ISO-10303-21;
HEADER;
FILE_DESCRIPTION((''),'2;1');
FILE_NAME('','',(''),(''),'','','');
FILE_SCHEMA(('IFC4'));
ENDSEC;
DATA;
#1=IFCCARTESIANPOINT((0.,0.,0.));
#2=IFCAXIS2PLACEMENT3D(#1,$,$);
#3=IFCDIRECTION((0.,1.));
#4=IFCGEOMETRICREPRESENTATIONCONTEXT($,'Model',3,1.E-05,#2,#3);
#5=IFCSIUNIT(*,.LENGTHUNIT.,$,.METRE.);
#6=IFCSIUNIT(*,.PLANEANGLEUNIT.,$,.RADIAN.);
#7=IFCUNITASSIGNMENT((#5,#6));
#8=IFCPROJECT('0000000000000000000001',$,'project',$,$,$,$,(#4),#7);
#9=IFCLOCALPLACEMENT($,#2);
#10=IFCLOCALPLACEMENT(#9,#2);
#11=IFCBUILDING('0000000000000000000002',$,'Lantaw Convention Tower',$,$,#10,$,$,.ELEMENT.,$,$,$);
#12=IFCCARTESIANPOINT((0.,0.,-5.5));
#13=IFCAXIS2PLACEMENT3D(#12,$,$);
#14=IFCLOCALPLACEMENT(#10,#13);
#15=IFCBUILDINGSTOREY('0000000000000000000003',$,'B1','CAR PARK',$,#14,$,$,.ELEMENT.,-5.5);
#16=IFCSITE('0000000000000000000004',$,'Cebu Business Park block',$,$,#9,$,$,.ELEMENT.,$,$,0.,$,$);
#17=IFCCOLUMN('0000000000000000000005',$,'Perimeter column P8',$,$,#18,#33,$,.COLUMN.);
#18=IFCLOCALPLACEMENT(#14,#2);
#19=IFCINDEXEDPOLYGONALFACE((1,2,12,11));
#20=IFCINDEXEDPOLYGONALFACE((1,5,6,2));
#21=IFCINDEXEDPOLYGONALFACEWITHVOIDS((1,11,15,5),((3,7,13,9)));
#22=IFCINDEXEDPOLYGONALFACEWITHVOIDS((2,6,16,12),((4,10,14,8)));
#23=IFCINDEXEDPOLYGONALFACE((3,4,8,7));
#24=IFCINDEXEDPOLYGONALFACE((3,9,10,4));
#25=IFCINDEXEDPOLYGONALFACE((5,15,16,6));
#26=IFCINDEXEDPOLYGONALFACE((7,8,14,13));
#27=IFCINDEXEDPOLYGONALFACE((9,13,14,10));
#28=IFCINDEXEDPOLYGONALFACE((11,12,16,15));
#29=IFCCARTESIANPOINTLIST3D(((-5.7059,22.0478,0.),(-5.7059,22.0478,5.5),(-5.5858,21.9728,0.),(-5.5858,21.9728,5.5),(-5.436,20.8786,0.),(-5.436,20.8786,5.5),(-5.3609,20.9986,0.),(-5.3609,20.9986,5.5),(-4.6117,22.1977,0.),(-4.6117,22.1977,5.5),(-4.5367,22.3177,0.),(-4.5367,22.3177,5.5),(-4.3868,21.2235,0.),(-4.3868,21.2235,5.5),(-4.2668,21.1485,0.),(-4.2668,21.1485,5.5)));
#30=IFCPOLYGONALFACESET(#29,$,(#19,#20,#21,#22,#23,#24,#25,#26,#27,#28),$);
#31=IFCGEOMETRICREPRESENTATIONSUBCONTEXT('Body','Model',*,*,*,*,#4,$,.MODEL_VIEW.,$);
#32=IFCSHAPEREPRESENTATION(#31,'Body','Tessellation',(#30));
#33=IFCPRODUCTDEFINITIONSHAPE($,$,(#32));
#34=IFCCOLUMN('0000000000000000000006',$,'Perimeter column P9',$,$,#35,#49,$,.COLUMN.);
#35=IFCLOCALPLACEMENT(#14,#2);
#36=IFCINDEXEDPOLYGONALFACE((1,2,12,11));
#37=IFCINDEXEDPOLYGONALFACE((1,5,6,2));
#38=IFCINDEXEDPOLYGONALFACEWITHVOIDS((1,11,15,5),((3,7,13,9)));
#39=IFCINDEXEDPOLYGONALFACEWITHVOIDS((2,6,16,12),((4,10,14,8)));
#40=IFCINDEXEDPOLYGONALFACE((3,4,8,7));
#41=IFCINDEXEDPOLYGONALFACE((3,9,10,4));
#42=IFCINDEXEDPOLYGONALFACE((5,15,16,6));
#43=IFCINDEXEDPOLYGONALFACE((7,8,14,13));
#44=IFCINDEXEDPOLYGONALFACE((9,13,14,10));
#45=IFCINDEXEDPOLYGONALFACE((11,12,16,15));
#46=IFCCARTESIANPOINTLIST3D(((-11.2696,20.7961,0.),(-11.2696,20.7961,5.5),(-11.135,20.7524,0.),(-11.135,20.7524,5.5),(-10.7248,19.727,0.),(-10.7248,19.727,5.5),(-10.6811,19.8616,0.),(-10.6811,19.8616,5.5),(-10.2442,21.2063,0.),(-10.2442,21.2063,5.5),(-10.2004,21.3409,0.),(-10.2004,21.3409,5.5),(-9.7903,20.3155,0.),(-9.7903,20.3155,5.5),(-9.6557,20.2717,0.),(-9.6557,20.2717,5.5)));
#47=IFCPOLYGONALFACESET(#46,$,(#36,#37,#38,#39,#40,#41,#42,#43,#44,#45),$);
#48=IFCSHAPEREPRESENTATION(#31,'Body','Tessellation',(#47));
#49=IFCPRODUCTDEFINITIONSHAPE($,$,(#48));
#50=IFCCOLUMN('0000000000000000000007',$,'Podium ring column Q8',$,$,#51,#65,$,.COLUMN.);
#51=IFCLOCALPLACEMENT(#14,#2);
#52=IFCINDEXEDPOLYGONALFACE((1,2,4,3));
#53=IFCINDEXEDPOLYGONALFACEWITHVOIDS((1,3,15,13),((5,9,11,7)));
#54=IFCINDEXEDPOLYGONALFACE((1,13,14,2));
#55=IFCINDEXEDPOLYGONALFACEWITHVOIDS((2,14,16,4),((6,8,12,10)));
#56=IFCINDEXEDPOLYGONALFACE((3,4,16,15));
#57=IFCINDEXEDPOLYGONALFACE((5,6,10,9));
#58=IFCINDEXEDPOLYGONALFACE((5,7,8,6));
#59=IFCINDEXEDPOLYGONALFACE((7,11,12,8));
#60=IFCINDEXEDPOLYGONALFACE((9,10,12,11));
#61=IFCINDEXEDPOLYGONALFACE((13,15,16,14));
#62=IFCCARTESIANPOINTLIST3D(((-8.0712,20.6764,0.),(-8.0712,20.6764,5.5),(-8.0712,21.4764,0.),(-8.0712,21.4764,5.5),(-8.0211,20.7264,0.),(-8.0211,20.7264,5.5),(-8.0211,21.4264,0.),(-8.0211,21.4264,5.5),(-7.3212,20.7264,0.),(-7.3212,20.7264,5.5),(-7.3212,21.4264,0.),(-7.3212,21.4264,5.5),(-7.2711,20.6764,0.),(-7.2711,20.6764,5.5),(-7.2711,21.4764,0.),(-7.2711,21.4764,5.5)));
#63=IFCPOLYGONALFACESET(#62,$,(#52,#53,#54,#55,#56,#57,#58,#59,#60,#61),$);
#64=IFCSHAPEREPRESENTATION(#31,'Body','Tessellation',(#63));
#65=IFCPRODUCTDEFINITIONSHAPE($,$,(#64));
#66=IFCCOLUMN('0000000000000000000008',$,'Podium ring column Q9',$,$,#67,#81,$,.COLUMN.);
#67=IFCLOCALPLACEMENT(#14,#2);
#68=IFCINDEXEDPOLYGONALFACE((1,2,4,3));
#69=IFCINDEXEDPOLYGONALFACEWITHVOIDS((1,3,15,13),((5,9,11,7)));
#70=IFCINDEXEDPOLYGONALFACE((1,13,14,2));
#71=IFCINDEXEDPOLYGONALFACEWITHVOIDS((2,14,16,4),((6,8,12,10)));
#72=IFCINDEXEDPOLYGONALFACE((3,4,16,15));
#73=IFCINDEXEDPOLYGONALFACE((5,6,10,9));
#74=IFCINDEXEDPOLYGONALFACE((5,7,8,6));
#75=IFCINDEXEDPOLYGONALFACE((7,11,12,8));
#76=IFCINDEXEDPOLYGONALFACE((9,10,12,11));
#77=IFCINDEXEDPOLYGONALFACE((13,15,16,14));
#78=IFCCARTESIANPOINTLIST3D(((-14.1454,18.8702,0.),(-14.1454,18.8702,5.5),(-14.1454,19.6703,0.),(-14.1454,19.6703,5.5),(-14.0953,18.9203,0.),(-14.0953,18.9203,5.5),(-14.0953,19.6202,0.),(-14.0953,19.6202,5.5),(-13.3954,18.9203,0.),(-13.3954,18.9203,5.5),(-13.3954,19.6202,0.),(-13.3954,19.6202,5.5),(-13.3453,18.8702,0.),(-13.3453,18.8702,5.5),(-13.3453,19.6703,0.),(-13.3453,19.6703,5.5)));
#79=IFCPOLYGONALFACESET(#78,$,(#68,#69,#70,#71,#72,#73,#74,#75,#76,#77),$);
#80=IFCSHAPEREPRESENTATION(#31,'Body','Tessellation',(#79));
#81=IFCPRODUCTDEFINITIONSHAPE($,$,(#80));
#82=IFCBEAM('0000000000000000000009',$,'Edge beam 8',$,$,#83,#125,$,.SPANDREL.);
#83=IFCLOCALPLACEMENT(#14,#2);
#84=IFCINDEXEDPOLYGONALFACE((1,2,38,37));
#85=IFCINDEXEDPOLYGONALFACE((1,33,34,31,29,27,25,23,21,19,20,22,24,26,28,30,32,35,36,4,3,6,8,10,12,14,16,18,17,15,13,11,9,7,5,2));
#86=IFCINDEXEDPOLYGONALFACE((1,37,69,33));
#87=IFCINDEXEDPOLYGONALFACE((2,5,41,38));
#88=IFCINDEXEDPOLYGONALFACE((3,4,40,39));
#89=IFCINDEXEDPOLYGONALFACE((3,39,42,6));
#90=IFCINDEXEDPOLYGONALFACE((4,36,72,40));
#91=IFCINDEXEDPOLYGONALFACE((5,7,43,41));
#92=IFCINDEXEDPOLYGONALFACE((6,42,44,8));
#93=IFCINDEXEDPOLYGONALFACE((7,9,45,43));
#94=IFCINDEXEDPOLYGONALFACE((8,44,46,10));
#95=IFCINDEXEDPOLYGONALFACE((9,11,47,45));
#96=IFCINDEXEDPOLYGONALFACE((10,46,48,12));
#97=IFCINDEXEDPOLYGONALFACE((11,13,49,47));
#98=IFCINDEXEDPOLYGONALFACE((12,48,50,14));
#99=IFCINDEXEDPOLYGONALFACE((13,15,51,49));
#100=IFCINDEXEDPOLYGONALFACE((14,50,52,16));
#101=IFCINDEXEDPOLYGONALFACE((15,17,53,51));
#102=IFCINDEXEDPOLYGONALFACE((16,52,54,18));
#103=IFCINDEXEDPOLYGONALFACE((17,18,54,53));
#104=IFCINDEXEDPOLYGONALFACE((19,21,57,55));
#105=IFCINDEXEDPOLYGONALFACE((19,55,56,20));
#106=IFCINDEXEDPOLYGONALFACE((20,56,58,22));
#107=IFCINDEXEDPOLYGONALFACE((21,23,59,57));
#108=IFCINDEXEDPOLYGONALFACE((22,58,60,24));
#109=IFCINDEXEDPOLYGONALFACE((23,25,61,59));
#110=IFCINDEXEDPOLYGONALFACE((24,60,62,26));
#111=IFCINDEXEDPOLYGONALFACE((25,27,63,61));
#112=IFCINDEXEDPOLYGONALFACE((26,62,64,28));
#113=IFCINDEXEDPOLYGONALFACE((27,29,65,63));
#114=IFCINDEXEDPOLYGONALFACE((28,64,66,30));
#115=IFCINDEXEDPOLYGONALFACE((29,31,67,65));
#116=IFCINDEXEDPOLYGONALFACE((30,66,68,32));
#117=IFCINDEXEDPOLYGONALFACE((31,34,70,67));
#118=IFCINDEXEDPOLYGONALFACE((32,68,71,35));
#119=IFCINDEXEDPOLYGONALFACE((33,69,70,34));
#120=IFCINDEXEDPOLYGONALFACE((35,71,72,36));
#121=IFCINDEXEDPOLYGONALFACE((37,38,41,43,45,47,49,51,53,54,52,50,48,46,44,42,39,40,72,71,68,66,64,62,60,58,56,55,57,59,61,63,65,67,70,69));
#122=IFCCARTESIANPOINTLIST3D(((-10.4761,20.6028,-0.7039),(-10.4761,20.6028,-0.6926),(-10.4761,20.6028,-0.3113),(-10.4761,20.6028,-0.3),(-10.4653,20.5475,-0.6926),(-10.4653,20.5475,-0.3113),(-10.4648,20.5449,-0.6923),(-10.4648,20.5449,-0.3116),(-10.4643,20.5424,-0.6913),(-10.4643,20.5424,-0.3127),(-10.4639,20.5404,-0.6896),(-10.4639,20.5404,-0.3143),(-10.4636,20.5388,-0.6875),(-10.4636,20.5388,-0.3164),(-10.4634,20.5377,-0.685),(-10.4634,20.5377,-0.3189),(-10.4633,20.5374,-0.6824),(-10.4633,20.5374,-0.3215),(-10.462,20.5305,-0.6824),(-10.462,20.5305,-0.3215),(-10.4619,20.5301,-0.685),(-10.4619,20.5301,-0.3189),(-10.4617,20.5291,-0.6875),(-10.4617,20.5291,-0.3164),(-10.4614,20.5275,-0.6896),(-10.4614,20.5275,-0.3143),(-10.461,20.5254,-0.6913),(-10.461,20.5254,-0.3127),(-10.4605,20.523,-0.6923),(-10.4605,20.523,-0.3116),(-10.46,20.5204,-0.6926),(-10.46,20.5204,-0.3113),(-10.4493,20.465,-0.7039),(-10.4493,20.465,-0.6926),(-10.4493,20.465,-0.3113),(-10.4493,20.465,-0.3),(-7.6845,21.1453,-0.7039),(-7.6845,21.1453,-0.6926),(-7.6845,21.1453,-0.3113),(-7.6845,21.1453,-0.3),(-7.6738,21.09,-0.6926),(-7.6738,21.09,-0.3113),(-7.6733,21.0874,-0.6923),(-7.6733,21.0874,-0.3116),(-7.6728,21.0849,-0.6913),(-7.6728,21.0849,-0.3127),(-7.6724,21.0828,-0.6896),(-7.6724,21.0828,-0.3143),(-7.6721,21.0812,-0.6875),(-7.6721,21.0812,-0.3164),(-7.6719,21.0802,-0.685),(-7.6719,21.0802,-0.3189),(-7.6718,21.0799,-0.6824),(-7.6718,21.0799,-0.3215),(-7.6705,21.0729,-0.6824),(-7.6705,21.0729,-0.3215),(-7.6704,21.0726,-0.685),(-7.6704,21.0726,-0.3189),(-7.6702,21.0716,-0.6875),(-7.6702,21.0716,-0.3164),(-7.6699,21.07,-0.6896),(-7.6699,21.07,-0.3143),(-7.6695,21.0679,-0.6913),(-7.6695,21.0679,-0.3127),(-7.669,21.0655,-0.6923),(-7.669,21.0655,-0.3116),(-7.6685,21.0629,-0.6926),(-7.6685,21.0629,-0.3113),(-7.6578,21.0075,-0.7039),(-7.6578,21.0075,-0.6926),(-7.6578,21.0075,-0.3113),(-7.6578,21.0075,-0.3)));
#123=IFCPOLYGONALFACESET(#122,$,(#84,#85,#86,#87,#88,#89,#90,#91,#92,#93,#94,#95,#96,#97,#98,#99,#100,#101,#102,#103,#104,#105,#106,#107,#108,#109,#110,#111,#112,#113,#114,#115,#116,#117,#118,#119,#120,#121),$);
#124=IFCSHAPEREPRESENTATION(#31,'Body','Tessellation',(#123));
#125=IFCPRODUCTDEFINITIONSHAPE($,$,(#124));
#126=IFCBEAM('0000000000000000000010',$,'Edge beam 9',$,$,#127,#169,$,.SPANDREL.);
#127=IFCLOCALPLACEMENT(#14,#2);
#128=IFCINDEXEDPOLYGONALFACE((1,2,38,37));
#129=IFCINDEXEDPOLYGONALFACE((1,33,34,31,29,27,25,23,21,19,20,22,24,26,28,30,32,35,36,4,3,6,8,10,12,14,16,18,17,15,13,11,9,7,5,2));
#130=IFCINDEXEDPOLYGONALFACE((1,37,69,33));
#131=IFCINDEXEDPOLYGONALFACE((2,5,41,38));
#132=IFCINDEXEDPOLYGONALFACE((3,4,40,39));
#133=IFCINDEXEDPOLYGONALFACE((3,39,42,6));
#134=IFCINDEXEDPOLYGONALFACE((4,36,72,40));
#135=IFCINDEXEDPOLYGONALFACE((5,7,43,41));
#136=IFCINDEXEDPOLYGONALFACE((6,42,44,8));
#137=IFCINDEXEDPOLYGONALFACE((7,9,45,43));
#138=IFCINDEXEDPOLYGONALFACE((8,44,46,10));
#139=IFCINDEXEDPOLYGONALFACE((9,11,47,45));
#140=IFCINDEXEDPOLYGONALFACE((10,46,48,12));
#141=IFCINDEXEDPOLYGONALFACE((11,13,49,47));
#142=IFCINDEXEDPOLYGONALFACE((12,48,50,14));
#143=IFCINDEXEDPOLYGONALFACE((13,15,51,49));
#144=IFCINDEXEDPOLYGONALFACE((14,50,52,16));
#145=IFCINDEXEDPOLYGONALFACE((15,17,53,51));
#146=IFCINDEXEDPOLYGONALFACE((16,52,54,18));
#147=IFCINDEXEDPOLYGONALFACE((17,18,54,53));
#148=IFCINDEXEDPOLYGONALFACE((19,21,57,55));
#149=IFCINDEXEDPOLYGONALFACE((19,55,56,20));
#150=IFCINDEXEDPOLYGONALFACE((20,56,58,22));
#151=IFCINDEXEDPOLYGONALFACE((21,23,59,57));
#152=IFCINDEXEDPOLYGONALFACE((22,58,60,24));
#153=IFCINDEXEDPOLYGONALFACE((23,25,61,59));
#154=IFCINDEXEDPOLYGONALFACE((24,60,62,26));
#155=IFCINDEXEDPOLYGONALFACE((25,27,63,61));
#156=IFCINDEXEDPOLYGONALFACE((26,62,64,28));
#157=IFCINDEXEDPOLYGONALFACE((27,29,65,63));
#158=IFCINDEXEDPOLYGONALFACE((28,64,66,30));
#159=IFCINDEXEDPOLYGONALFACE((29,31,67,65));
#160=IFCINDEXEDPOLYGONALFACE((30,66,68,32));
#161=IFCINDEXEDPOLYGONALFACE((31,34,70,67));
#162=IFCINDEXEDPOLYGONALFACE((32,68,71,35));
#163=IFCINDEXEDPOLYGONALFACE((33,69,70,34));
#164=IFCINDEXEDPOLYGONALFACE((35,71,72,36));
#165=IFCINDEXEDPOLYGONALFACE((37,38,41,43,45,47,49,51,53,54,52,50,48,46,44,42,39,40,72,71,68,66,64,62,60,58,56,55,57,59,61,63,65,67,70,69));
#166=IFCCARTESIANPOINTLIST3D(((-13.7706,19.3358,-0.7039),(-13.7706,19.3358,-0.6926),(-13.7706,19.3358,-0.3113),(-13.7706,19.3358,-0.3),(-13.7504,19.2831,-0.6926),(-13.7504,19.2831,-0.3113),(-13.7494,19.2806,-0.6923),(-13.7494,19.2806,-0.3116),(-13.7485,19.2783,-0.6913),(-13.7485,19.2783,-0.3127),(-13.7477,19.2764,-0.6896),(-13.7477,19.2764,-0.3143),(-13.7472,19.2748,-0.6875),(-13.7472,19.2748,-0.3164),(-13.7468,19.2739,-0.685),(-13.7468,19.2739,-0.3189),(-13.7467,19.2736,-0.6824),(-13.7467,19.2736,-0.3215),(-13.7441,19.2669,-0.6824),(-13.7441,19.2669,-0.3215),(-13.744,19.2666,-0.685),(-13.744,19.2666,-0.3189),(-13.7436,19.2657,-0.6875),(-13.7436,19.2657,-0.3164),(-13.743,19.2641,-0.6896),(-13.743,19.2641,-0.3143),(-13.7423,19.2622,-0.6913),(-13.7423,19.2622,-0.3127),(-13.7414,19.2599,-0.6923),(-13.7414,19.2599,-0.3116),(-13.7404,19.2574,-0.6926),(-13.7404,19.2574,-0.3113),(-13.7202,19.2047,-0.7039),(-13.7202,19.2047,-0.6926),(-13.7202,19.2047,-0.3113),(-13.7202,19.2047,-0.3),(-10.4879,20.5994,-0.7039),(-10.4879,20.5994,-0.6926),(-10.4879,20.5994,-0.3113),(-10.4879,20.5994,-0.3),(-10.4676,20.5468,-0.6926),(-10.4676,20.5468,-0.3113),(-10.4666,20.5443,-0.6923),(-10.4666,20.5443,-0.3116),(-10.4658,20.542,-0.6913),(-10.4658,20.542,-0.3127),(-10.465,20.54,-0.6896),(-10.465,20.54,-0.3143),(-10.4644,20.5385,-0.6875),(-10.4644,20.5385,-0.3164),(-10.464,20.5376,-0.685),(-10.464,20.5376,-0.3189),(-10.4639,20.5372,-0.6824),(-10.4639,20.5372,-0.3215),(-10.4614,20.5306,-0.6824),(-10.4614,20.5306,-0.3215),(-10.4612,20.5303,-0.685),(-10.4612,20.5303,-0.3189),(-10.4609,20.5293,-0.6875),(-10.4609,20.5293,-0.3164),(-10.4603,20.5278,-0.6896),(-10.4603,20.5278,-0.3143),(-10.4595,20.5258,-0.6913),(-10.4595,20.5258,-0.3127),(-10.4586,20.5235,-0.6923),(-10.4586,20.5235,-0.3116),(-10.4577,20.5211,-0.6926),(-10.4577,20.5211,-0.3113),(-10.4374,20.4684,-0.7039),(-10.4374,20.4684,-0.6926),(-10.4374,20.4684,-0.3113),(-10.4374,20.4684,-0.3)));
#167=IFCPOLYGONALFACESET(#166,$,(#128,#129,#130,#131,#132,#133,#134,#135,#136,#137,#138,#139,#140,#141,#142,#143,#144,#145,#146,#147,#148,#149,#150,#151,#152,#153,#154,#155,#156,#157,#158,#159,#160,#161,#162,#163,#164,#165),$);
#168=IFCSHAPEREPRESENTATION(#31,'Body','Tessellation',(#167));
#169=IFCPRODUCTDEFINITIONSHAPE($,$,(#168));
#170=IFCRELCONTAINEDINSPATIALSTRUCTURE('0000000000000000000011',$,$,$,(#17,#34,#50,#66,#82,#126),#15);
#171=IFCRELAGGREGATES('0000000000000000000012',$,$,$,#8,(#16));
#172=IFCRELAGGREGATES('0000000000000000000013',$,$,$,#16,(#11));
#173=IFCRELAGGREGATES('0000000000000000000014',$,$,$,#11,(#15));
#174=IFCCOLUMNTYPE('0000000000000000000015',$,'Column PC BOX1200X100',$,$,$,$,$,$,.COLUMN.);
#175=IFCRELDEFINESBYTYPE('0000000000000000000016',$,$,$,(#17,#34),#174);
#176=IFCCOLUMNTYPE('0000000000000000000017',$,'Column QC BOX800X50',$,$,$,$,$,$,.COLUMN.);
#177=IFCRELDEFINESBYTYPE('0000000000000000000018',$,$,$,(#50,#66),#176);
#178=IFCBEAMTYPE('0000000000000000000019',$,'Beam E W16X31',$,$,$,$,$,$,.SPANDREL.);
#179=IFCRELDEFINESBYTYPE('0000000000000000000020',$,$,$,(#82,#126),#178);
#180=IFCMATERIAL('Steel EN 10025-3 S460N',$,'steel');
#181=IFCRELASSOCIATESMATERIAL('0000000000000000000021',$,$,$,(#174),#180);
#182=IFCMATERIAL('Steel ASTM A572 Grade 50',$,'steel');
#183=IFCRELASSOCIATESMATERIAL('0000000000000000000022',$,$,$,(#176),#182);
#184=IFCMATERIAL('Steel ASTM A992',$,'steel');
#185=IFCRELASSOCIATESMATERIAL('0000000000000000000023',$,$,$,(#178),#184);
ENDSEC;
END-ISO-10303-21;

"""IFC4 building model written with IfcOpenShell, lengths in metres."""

from ifc_helpers import new_model, si_unit, direction, frame, origin, origin_2d, place, context, subcontext, project, spatial, rectangle, hollow_rectangle, i_section, extrude, material, material_profile, profile_set, type_object, element, save


model = new_model("IFC4")

# Units and contexts
model_context = context("Model", 3, precision=1e-05, world=origin(), true_north=direction((0.0, 1.0)))
body_context = subcontext(model_context, "Body", "Model", "MODEL_VIEW")
ifc_project = project(units=[si_unit("LENGTHUNIT", "METRE"), si_unit("PLANEANGLEUNIT", "RADIAN")], contexts=[model_context])

# Site, building, storey
site_placement = place(None, origin())
site = spatial("IfcSite", under=ifc_project, at=site_placement, Name="Cebu Business Park block", CompositionType="ELEMENT", RefElevation=0.0)
building_placement = place(site_placement, origin())
building = spatial("IfcBuilding", under=site, at=building_placement, Name="Lantaw Convention Tower", CompositionType="ELEMENT")
storey_placement = place(building_placement, frame((0.0, 0.0, -5.5)))
storey = spatial("IfcBuildingStorey", under=building, at=storey_placement, Name="B1", Description="CAR PARK", CompositionType="ELEMENT", Elevation=-5.5)

# Columns
ifc_material_1 = material(Name="Steel EN 10025-3 S460N", Category="steel")
ifc_material_profile_1 = material_profile(ifc_material_1, hollow_rectangle(XDim=1.2, YDim=1.2, WallThickness=0.1001, at=origin_2d()), Name="BOX1200X100")
ifc_material_2 = material(Name="Concrete C60/75", Category="concrete")
ifc_material_profile_2 = material_profile(ifc_material_2, rectangle(XDim=1.0, YDim=1.0, at=origin_2d()), Name="Concrete fill of BOX1200X100")
ifc_profile_set_1 = profile_set([ifc_material_profile_1, ifc_material_profile_2], Name="Steel EN 10025-3 S460N")
column_type_1 = type_object("IfcColumnType", Name="Column PC BOX1200X100", PredefinedType="COLUMN", material=ifc_profile_set_1)
for number, where, z_axis, x_axis, name in (
    (1, (-4.9863, 21.5981, 0.0), (0.0, 0.0, 1.0), (0.97437, 0.224951, 0.0), "Perimeter column P8"),
    (2, (-10.4626, 20.5339, 0.0), (0.0, 0.0, 1.0), (0.891007, 0.45399, 0.0), "Perimeter column P9"),
):
    element("IfcColumn", number, at=place(storey_placement, frame(where, z_axis=z_axis, x_axis=x_axis)), inside=storey, type_object=column_type_1, Name=name, PredefinedType="COLUMN", context=body_context, shape_type="SweptSolid", body=[
        extrude(hollow_rectangle(XDim=1.2, YDim=1.2, WallThickness=0.1001, at=origin_2d()), origin(), (0.0, 0.0, 1.0), 5.5),
    ])
ifc_material_3 = material(Name="Steel ASTM A572 Grade 50", Category="steel")
ifc_material_profile_3 = material_profile(ifc_material_3, hollow_rectangle(XDim=0.8, YDim=0.8, WallThickness=0.05, at=origin_2d()), Name="BOX800X50")
ifc_profile_set_2 = profile_set([ifc_material_profile_3], Name="Steel ASTM A572 Grade 50")
column_type_2 = type_object("IfcColumnType", Name="Column QC BOX800X50", PredefinedType="COLUMN", material=ifc_profile_set_2)
for number, where, z_axis, x_axis, name in (
    (3, (-7.6711, 21.0764, 0.0), (0.0, 0.0, 1.0), (1.0, 0.0, 0.0), "Podium ring column Q8"),
    (4, (-13.7454, 19.2703, 0.0), (0.0, 0.0, 1.0), (1.0, 0.0, 0.0), "Podium ring column Q9"),
):
    element("IfcColumn", number, at=place(storey_placement, frame(where, z_axis=z_axis, x_axis=x_axis)), inside=storey, type_object=column_type_2, Name=name, PredefinedType="COLUMN", context=body_context, shape_type="SweptSolid", body=[
        extrude(hollow_rectangle(XDim=0.8, YDim=0.8, WallThickness=0.05, at=origin_2d()), origin(), (0.0, 0.0, 1.0), 5.5),
    ])

# Beams
ifc_material_4 = material(Name="Steel ASTM A992", Category="steel")
ifc_material_profile_4 = material_profile(ifc_material_4, i_section(OverallWidth=0.1404, OverallDepth=0.4038, WebThickness=0.0071, FlangeThickness=0.0112, FilletRadius=0.0103, at=origin_2d()), Name="W16X31")
ifc_profile_set_3 = profile_set([ifc_material_profile_4], Name="Steel ASTM A992")
beam_type_1 = type_object("IfcBeamType", Name="Beam E W16X31", PredefinedType="SPANDREL", material=ifc_profile_set_3)
beam_1_placement = place(storey_placement, frame((-7.6711, 21.0764, -0.502), z_axis=(-0.981636, -0.190764, 0.0), x_axis=(0.190764, -0.981636, 0.0)))
element("IfcBeam", 5, at=beam_1_placement, inside=storey, type_object=beam_type_1, Name="Edge beam 8", PredefinedType="SPANDREL", context=body_context, shape_type="SweptSolid", body=[
    extrude(i_section(OverallWidth=0.1404, OverallDepth=0.4038, WebThickness=0.0071, FlangeThickness=0.0112, FilletRadius=0.0103, at=origin_2d()), origin(), (0.0, 0.0, 1.0), 2.8438),
])
beam_2_placement = place(storey_placement, frame((-10.4626, 20.5339, -0.502), z_axis=(-0.933242, -0.359249, 0.0), x_axis=(0.359249, -0.933242, 0.0)))
element("IfcBeam", 6, at=beam_2_placement, inside=storey, type_object=beam_type_1, Name="Edge beam 9", PredefinedType="SPANDREL", context=body_context, shape_type="SweptSolid", body=[
    extrude(i_section(OverallWidth=0.1404, OverallDepth=0.4038, WebThickness=0.0071, FlangeThickness=0.0112, FilletRadius=0.0103, at=origin_2d()), origin(), (0.0, 0.0, 1.0), 3.5176),
])

save(model, "model.ifc")
